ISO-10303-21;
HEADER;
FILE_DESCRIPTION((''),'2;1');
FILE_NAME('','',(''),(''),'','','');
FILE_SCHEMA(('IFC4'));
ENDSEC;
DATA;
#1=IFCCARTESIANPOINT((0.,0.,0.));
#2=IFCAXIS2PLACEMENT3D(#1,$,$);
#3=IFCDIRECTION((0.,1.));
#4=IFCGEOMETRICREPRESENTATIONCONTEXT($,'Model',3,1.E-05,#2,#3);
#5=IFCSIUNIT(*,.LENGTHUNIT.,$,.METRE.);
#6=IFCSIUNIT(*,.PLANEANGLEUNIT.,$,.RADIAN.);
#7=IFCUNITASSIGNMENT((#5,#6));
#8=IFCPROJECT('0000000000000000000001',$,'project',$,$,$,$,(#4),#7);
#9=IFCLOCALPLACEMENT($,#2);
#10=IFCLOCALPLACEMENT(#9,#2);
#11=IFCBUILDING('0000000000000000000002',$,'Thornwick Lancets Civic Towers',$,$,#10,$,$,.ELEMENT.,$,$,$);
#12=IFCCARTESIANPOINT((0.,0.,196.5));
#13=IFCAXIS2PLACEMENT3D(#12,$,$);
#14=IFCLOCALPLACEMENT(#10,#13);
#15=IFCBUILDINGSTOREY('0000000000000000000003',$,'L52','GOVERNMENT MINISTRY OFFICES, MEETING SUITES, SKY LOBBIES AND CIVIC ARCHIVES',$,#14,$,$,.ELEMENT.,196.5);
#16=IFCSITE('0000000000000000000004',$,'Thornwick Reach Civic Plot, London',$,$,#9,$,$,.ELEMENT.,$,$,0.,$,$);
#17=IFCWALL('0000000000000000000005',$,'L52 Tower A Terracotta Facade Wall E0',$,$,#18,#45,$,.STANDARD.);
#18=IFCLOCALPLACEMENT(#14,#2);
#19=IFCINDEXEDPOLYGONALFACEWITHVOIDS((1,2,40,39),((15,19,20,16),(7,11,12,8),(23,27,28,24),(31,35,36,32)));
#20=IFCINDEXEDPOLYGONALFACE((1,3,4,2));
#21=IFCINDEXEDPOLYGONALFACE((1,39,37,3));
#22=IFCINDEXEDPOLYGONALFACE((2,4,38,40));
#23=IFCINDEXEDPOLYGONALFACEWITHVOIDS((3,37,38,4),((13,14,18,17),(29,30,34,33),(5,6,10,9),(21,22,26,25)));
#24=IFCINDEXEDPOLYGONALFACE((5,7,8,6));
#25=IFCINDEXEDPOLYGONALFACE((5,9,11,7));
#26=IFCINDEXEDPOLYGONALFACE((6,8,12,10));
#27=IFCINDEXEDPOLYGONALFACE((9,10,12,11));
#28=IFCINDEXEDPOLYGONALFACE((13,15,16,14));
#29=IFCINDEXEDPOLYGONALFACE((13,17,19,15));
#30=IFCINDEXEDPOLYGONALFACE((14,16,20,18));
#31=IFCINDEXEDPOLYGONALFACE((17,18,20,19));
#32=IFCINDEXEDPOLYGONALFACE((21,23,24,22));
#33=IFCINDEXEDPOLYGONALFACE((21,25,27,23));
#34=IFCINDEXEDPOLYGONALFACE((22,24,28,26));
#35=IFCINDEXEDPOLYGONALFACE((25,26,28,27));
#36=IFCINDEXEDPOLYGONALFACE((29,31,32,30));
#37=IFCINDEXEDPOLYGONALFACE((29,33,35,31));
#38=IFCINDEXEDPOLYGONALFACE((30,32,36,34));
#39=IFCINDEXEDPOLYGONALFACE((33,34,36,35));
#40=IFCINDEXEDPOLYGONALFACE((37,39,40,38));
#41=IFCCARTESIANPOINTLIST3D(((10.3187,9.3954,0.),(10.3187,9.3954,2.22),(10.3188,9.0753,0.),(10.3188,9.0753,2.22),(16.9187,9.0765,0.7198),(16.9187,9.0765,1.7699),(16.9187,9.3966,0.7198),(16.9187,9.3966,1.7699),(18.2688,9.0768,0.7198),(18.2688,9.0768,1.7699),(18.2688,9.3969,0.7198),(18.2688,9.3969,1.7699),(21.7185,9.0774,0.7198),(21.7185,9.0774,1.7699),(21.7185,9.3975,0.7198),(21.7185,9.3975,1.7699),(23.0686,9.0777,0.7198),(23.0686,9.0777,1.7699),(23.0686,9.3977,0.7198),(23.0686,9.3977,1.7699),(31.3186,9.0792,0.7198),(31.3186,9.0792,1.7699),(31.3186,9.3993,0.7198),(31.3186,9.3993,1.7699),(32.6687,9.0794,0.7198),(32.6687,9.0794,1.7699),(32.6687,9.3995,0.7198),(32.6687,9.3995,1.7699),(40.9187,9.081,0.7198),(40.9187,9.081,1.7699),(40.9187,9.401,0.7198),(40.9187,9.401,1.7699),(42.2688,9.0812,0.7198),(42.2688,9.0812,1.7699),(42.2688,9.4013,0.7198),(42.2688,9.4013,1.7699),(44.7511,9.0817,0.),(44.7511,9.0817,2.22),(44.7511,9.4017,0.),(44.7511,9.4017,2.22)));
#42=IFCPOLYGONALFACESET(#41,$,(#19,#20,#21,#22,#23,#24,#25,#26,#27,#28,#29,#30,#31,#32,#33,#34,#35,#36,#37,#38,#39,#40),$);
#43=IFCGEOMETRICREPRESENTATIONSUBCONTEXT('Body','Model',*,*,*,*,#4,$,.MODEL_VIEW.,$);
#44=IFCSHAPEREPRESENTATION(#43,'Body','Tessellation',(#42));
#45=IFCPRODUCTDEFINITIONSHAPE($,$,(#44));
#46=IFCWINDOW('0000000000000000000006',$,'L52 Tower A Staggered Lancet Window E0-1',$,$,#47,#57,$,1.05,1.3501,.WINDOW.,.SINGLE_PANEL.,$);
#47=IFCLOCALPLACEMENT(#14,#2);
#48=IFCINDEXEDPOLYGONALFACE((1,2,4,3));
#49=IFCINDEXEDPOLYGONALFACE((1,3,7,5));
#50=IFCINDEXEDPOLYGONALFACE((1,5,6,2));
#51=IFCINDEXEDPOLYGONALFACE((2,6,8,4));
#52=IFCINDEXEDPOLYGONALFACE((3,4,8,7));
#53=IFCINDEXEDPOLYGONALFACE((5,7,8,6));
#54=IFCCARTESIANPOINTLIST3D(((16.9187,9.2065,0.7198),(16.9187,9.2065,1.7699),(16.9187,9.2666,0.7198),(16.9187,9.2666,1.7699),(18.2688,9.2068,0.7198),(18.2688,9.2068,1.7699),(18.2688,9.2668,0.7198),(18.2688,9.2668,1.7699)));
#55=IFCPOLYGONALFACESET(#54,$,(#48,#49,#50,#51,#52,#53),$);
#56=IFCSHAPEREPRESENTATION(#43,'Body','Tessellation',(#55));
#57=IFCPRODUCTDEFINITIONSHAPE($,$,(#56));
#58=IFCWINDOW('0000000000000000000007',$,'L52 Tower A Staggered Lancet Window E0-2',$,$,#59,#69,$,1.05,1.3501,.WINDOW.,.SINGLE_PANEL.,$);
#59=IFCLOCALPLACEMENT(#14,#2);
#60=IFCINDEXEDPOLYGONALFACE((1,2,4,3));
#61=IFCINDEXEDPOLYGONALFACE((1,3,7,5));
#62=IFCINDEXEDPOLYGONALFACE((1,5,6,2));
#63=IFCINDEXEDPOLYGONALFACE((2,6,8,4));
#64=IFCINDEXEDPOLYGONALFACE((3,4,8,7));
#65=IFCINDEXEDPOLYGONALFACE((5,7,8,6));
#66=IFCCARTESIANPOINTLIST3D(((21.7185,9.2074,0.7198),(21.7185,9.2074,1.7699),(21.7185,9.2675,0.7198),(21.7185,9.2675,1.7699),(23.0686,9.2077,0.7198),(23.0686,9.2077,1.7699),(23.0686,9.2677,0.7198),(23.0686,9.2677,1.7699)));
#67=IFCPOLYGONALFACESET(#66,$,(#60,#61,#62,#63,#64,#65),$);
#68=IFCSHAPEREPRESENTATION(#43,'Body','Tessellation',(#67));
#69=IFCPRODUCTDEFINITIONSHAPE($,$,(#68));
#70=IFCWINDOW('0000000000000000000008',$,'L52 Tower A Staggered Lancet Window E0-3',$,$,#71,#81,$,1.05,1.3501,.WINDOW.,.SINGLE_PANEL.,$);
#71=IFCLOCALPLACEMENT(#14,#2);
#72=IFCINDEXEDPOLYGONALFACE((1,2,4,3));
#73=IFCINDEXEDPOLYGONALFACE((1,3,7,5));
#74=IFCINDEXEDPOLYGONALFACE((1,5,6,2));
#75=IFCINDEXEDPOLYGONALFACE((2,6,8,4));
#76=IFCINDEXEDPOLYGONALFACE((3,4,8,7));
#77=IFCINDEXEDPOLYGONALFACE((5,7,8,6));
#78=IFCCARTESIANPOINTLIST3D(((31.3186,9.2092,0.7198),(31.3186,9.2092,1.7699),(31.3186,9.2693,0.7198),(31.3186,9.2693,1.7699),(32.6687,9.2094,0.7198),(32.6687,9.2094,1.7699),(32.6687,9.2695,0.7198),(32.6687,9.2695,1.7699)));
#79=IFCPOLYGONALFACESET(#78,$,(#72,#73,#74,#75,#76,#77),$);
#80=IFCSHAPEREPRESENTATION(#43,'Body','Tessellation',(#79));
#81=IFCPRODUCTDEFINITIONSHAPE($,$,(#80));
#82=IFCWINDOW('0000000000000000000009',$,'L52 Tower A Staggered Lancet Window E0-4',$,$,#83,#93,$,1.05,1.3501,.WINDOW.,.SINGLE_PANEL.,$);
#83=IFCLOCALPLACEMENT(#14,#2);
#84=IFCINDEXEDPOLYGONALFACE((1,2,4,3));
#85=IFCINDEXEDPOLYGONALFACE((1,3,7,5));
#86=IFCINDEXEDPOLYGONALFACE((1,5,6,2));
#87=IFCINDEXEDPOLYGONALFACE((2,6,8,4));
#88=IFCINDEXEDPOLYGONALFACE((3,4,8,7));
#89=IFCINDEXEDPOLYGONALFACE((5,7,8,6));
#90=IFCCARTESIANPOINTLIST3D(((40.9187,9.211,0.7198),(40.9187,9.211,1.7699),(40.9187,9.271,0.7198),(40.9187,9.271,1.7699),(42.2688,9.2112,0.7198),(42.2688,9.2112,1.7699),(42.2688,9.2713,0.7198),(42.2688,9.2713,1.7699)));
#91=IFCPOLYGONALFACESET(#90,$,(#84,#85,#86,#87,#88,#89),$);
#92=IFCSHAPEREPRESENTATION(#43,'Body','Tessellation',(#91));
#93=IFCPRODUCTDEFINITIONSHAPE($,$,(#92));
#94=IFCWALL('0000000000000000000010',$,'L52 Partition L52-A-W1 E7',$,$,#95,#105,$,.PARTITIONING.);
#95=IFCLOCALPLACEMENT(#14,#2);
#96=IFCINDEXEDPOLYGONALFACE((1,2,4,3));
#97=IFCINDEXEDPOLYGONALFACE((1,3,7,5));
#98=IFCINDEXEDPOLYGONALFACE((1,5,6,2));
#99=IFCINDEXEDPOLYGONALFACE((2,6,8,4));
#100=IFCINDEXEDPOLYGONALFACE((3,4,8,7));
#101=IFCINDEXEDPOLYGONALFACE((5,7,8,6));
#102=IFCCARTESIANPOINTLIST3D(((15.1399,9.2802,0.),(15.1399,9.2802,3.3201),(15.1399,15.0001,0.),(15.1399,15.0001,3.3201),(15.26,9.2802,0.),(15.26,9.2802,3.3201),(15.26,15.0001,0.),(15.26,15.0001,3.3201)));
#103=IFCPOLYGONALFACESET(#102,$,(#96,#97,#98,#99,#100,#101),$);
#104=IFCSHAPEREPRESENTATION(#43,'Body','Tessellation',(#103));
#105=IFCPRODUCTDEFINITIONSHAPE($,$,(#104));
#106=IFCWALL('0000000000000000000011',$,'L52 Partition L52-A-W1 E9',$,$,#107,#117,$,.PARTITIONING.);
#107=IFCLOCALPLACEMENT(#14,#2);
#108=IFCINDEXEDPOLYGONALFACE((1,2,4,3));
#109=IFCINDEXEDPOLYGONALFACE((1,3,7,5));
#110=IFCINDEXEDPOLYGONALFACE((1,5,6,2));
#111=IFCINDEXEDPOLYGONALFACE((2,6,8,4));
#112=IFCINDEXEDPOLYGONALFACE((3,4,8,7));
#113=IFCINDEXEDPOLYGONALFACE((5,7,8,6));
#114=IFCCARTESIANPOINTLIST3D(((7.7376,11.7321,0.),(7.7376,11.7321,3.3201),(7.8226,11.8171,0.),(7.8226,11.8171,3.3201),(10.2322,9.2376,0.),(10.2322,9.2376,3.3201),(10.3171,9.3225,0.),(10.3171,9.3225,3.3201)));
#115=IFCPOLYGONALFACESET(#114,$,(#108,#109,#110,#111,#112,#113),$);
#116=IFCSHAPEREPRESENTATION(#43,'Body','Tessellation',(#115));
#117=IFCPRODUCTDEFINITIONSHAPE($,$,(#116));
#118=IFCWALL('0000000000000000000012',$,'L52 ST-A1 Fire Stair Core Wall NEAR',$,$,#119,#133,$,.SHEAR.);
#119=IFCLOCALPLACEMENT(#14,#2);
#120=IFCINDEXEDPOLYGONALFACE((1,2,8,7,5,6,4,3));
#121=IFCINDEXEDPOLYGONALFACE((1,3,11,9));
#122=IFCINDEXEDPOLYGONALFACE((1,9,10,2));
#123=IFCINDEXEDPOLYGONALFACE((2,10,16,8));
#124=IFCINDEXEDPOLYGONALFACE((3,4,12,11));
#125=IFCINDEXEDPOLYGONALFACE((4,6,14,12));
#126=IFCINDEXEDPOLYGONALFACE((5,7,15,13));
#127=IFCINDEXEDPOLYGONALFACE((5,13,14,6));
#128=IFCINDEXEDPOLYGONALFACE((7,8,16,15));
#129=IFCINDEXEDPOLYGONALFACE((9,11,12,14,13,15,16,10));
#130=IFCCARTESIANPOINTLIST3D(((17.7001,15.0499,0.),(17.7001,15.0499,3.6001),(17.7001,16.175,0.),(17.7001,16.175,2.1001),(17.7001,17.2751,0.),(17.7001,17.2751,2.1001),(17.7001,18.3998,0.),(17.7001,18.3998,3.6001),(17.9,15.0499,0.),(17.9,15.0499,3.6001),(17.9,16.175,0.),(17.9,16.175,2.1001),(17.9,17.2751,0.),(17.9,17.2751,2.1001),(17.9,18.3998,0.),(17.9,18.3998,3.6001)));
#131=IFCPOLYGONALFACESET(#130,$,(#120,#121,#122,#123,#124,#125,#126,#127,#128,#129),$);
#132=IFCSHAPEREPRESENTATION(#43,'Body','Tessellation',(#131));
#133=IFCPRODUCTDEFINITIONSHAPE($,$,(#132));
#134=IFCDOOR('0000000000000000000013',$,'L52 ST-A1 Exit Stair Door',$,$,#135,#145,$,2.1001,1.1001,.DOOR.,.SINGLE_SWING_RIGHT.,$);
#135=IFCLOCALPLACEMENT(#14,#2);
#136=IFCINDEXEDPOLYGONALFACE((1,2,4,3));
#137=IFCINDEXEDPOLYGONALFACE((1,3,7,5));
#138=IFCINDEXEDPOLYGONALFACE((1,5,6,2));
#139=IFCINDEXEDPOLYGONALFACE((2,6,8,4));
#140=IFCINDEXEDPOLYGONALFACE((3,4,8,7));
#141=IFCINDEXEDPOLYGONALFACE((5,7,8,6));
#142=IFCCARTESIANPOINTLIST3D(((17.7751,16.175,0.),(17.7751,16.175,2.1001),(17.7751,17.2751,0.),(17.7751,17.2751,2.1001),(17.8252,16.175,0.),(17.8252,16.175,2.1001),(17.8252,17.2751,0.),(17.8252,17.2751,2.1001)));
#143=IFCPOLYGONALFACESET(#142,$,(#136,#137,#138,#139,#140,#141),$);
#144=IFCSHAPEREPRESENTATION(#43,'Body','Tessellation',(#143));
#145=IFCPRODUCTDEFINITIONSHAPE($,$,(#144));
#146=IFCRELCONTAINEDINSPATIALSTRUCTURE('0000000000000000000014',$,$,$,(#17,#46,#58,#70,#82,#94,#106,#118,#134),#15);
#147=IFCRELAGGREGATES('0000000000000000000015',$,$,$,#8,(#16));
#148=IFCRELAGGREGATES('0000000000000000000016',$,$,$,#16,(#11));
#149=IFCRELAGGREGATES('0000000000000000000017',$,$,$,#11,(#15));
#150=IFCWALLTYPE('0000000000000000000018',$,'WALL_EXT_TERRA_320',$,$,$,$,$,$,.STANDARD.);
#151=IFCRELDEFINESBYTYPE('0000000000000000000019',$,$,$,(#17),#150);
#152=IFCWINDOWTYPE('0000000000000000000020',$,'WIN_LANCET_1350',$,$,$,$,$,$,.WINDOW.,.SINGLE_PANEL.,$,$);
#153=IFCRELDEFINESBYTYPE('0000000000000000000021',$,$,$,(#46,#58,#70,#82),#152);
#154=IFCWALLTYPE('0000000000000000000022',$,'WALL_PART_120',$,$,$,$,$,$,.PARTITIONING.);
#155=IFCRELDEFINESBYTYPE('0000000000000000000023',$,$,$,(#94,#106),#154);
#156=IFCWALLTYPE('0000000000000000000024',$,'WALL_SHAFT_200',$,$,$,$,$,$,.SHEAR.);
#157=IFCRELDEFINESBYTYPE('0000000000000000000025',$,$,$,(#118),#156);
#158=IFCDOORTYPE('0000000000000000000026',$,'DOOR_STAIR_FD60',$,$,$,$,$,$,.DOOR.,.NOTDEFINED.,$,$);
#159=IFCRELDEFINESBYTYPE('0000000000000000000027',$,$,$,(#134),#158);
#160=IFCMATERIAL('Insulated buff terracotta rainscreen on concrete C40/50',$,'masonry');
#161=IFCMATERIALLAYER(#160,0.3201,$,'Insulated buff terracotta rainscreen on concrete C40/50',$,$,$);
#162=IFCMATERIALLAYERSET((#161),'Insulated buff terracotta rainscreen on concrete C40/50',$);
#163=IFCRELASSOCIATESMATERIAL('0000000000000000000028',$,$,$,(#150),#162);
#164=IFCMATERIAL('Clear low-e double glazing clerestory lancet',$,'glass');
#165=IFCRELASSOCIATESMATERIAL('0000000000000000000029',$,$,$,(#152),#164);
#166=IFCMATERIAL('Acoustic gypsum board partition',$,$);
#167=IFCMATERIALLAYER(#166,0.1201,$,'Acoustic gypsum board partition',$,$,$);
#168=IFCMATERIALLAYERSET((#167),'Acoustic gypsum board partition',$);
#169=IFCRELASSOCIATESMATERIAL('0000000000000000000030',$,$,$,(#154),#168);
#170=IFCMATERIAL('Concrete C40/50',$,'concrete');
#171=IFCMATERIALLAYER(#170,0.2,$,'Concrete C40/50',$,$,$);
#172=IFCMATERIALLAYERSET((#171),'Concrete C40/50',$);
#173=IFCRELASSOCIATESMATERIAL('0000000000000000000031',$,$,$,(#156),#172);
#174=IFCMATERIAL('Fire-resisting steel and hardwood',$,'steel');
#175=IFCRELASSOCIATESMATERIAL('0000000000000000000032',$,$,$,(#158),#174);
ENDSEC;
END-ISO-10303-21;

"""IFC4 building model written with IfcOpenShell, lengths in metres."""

from ifc_helpers import new_model, si_unit, direction, frame, frame_2d, origin, place, context, subcontext, project, spatial, rectangle, extrude, material, layer, layer_set, type_object, element, fill, save


model = new_model("IFC4")

# Units and contexts
model_context = context("Model", 3, precision=1e-05, world=origin(), true_north=direction((0.0, 1.0)))
body_context = subcontext(model_context, "Body", "Model", "MODEL_VIEW")
ifc_project = project(units=[si_unit("LENGTHUNIT", "METRE"), si_unit("PLANEANGLEUNIT", "RADIAN")], contexts=[model_context])

# Site, building, storey
site_placement = place(None, origin())
site = spatial("IfcSite", under=ifc_project, at=site_placement, Name="Thornwick Reach Civic Plot, London", CompositionType="ELEMENT", RefElevation=0.0)
building_placement = place(site_placement, origin())
building = spatial("IfcBuilding", under=site, at=building_placement, Name="Thornwick Lancets Civic Towers", CompositionType="ELEMENT")
storey_placement = place(building_placement, frame((0.0, 0.0, 196.5)))
storey = spatial("IfcBuildingStorey", under=building, at=storey_placement, Name="L52", Description="GOVERNMENT MINISTRY OFFICES, MEETING SUITES, SKY LOBBIES AND CIVIC ARCHIVES", CompositionType="ELEMENT", Elevation=196.5)

# Shared definitions
ifc_material_1 = material(Name="Concrete C40/50", Category="concrete")

# Wall, openings, windows
ifc_material_2 = material(Name="Insulated buff terracotta rainscreen on concrete C40/50", Category="masonry")
ifc_layer_1 = layer(ifc_material_2, 0.3201, Name="Insulated buff terracotta rainscreen on concrete C40/50")
ifc_layer_set_1 = layer_set([ifc_layer_1], Name="Insulated buff terracotta rainscreen on concrete C40/50")
wall_type_1 = type_object("IfcWallType", Name="WALL_EXT_TERRA_320", PredefinedType="STANDARD", material=ifc_layer_set_1)
wall_1_placement = place(storey_placement, frame((10.3186, 9.2354, 0.0), z_axis=(0.0, 0.0, 1.0), x_axis=(1.0, 0.000184, 0.0)))
wall_1 = element("IfcWall", 1, at=wall_1_placement, inside=storey, type_object=wall_type_1, Name="L52 Tower A Terracotta Facade Wall E0", PredefinedType="STANDARD", context=body_context, shape_type="SweptSolid", body=[
    extrude(rectangle(XDim=34.4324, YDim=0.3201, at=frame_2d((17.2163, 0.0))), origin(), (0.0, 0.0, 1.0), 2.22),
])
opening_1_placement = place(wall_1_placement, frame((6.6001, 0.0, 0.72)))
opening_1 = element("IfcOpeningElement", 2, at=opening_1_placement, cuts=wall_1, PredefinedType="OPENING", context=body_context, shape_type="SweptSolid", body=[
    extrude(rectangle(XDim=1.3501, YDim=1.05, at=frame_2d((0.675, 0.5249))), frame((0.0, 0.1699, 0.0), z_axis=(0.0, -1.0, 0.0), x_axis=(1.0, 0.0, 0.0)), (0.0, 0.0, 1.0), 0.3401),
])
opening_2_placement = place(wall_1_placement, frame((11.3999, 0.0, 0.72)))
opening_2 = element("IfcOpeningElement", 3, at=opening_2_placement, cuts=wall_1, PredefinedType="OPENING", context=body_context, shape_type="SweptSolid", body=[
    extrude(rectangle(XDim=1.3501, YDim=1.05, at=frame_2d((0.675, 0.5249))), frame((0.0, 0.1699, 0.0), z_axis=(0.0, -1.0, 0.0), x_axis=(1.0, 0.0, 0.0)), (0.0, 0.0, 1.0), 0.3401),
])
opening_3_placement = place(wall_1_placement, frame((21.0, 0.0, 0.72)))
opening_3 = element("IfcOpeningElement", 4, at=opening_3_placement, cuts=wall_1, PredefinedType="OPENING", context=body_context, shape_type="SweptSolid", body=[
    extrude(rectangle(XDim=1.3501, YDim=1.05, at=frame_2d((0.675, 0.5249))), frame((0.0, 0.1699, 0.0), z_axis=(0.0, -1.0, 0.0), x_axis=(1.0, 0.0, 0.0)), (0.0, 0.0, 1.0), 0.3401),
])
opening_4_placement = place(wall_1_placement, frame((30.6001, 0.0, 0.72)))
opening_4 = element("IfcOpeningElement", 5, at=opening_4_placement, cuts=wall_1, PredefinedType="OPENING", context=body_context, shape_type="SweptSolid", body=[
    extrude(rectangle(XDim=1.3501, YDim=1.05, at=frame_2d((0.675, 0.5249))), frame((0.0, 0.1699, 0.0), z_axis=(0.0, -1.0, 0.0), x_axis=(1.0, 0.0, 0.0)), (0.0, 0.0, 1.0), 0.3401),
])
ifc_material_3 = material(Name="Clear low-e double glazing clerestory lancet", Category="glass")
window_type = type_object("IfcWindowType", Name="WIN_LANCET_1350", PartitioningType="SINGLE_PANEL", PredefinedType="WINDOW", material=ifc_material_3)
window_1_placement = place(opening_1_placement, origin())
window_1 = element("IfcWindow", 6, at=window_1_placement, inside=storey, type_object=window_type, Name="L52 Tower A Staggered Lancet Window E0-1", OverallHeight=1.05, OverallWidth=1.3501, PartitioningType="SINGLE_PANEL", PredefinedType="WINDOW", context=body_context, shape_type="SweptSolid", body=[
    extrude(rectangle(XDim=1.3501, YDim=1.05, at=frame_2d((0.675, 0.5249))), frame((0.0, 0.03, 0.0), z_axis=(0.0, -1.0, 0.0), x_axis=(1.0, 0.0, 0.0)), (0.0, 0.0, 1.0), 0.0601),
])
fill(opening_1, window_1)
window_2_placement = place(opening_2_placement, origin())
window_2 = element("IfcWindow", 7, at=window_2_placement, inside=storey, type_object=window_type, Name="L52 Tower A Staggered Lancet Window E0-2", OverallHeight=1.05, OverallWidth=1.3501, PartitioningType="SINGLE_PANEL", PredefinedType="WINDOW", context=body_context, shape_type="SweptSolid", body=[
    extrude(rectangle(XDim=1.3501, YDim=1.05, at=frame_2d((0.675, 0.5249))), frame((0.0, 0.03, 0.0), z_axis=(0.0, -1.0, 0.0), x_axis=(1.0, 0.0, 0.0)), (0.0, 0.0, 1.0), 0.0601),
])
fill(opening_2, window_2)
window_3_placement = place(opening_3_placement, origin())
window_3 = element("IfcWindow", 8, at=window_3_placement, inside=storey, type_object=window_type, Name="L52 Tower A Staggered Lancet Window E0-3", OverallHeight=1.05, OverallWidth=1.3501, PartitioningType="SINGLE_PANEL", PredefinedType="WINDOW", context=body_context, shape_type="SweptSolid", body=[
    extrude(rectangle(XDim=1.3501, YDim=1.05, at=frame_2d((0.675, 0.5249))), frame((0.0, 0.03, 0.0), z_axis=(0.0, -1.0, 0.0), x_axis=(1.0, 0.0, 0.0)), (0.0, 0.0, 1.0), 0.0601),
])
fill(opening_3, window_3)
window_4_placement = place(opening_4_placement, origin())
window_4 = element("IfcWindow", 9, at=window_4_placement, inside=storey, type_object=window_type, Name="L52 Tower A Staggered Lancet Window E0-4", OverallHeight=1.05, OverallWidth=1.3501, PartitioningType="SINGLE_PANEL", PredefinedType="WINDOW", context=body_context, shape_type="SweptSolid", body=[
    extrude(rectangle(XDim=1.3501, YDim=1.05, at=frame_2d((0.675, 0.5249))), frame((0.0, 0.03, 0.0), z_axis=(0.0, -1.0, 0.0), x_axis=(1.0, 0.0, 0.0)), (0.0, 0.0, 1.0), 0.0601),
])
fill(opening_4, window_4)

# Walls
ifc_material_4 = material(Name="Acoustic gypsum board partition")
ifc_layer_2 = layer(ifc_material_4, 0.1201, Name="Acoustic gypsum board partition")
ifc_layer_set_2 = layer_set([ifc_layer_2], Name="Acoustic gypsum board partition")
wall_type_2 = type_object("IfcWallType", Name="WALL_PART_120", PredefinedType="PARTITIONING", material=ifc_layer_set_2)
wall_2_placement = place(storey_placement, frame((15.2, 15.0, 0.0), z_axis=(0.0, 0.0, 1.0), x_axis=(0.0, -1.0, 0.0)))
element("IfcWall", 10, at=wall_2_placement, inside=storey, type_object=wall_type_2, Name="L52 Partition L52-A-W1 E7", PredefinedType="PARTITIONING", context=body_context, shape_type="SweptSolid", body=[
    extrude(rectangle(XDim=5.72, YDim=0.1201, at=frame_2d((2.8599, 0.0))), origin(), (0.0, 0.0, 1.0), 3.3201),
])
wall_3_placement = place(storey_placement, frame((10.2747, 9.28, 0.0), z_axis=(0.0, 0.0, 1.0), x_axis=(-0.707107, 0.707107, 0.0)))
element("IfcWall", 11, at=wall_3_placement, inside=storey, type_object=wall_type_2, Name="L52 Partition L52-A-W1 E9", PredefinedType="PARTITIONING", context=body_context, shape_type="SweptSolid", body=[
    extrude(rectangle(XDim=3.5278, YDim=0.1201, at=frame_2d((1.7639, 0.0))), origin(), (0.0, 0.0, 1.0), 3.3201),
])

# Wall, opening, door
ifc_layer_3 = layer(ifc_material_1, 0.2, Name="Concrete C40/50")
ifc_layer_set_3 = layer_set([ifc_layer_3], Name="Concrete C40/50")
wall_type_3 = type_object("IfcWallType", Name="WALL_SHAFT_200", PredefinedType="SHEAR", material=ifc_layer_set_3)
wall_4_placement = place(storey_placement, frame((17.8, 15.05, 0.0), z_axis=(0.0, 0.0, 1.0), x_axis=(0.0, 1.0, 0.0)))
wall_4 = element("IfcWall", 12, at=wall_4_placement, inside=storey, type_object=wall_type_3, Name="L52 ST-A1 Fire Stair Core Wall NEAR", PredefinedType="SHEAR", context=body_context, shape_type="SweptSolid", body=[
    extrude(rectangle(XDim=3.3499, YDim=0.2, at=frame_2d((1.6748, 0.0))), origin(), (0.0, 0.0, 1.0), 3.6001),
])
opening_5_placement = place(wall_4_placement, frame((1.125, 0.0, 0.0)))
opening_5 = element("IfcOpeningElement", 13, at=opening_5_placement, cuts=wall_4, PredefinedType="OPENING", context=body_context, shape_type="SweptSolid", body=[
    extrude(rectangle(XDim=1.1001, YDim=2.1001, at=frame_2d((0.55, 1.05))), frame((0.0, 0.1099, 0.0), z_axis=(0.0, -1.0, 0.0), x_axis=(1.0, 0.0, 0.0)), (0.0, 0.0, 1.0), 0.22),
])
ifc_material_5 = material(Name="Fire-resisting steel and hardwood", Category="steel")
door_type = type_object("IfcDoorType", Name="DOOR_STAIR_FD60", OperationType="NOTDEFINED", PredefinedType="DOOR", material=ifc_material_5)
door_placement = place(opening_5_placement, origin())
door = element("IfcDoor", 14, at=door_placement, inside=storey, type_object=door_type, Name="L52 ST-A1 Exit Stair Door", OperationType="SINGLE_SWING_RIGHT", OverallHeight=2.1001, OverallWidth=1.1001, PredefinedType="DOOR", context=body_context, shape_type="SweptSolid", body=[
    extrude(rectangle(XDim=1.1001, YDim=2.1001, at=frame_2d((0.55, 1.05))), frame((0.0, 0.0249, 0.0), z_axis=(0.0, -1.0, 0.0), x_axis=(1.0, 0.0, 0.0)), (0.0, 0.0, 1.0), 0.05),
])
fill(opening_5, door)

save(model, "model.ifc")
